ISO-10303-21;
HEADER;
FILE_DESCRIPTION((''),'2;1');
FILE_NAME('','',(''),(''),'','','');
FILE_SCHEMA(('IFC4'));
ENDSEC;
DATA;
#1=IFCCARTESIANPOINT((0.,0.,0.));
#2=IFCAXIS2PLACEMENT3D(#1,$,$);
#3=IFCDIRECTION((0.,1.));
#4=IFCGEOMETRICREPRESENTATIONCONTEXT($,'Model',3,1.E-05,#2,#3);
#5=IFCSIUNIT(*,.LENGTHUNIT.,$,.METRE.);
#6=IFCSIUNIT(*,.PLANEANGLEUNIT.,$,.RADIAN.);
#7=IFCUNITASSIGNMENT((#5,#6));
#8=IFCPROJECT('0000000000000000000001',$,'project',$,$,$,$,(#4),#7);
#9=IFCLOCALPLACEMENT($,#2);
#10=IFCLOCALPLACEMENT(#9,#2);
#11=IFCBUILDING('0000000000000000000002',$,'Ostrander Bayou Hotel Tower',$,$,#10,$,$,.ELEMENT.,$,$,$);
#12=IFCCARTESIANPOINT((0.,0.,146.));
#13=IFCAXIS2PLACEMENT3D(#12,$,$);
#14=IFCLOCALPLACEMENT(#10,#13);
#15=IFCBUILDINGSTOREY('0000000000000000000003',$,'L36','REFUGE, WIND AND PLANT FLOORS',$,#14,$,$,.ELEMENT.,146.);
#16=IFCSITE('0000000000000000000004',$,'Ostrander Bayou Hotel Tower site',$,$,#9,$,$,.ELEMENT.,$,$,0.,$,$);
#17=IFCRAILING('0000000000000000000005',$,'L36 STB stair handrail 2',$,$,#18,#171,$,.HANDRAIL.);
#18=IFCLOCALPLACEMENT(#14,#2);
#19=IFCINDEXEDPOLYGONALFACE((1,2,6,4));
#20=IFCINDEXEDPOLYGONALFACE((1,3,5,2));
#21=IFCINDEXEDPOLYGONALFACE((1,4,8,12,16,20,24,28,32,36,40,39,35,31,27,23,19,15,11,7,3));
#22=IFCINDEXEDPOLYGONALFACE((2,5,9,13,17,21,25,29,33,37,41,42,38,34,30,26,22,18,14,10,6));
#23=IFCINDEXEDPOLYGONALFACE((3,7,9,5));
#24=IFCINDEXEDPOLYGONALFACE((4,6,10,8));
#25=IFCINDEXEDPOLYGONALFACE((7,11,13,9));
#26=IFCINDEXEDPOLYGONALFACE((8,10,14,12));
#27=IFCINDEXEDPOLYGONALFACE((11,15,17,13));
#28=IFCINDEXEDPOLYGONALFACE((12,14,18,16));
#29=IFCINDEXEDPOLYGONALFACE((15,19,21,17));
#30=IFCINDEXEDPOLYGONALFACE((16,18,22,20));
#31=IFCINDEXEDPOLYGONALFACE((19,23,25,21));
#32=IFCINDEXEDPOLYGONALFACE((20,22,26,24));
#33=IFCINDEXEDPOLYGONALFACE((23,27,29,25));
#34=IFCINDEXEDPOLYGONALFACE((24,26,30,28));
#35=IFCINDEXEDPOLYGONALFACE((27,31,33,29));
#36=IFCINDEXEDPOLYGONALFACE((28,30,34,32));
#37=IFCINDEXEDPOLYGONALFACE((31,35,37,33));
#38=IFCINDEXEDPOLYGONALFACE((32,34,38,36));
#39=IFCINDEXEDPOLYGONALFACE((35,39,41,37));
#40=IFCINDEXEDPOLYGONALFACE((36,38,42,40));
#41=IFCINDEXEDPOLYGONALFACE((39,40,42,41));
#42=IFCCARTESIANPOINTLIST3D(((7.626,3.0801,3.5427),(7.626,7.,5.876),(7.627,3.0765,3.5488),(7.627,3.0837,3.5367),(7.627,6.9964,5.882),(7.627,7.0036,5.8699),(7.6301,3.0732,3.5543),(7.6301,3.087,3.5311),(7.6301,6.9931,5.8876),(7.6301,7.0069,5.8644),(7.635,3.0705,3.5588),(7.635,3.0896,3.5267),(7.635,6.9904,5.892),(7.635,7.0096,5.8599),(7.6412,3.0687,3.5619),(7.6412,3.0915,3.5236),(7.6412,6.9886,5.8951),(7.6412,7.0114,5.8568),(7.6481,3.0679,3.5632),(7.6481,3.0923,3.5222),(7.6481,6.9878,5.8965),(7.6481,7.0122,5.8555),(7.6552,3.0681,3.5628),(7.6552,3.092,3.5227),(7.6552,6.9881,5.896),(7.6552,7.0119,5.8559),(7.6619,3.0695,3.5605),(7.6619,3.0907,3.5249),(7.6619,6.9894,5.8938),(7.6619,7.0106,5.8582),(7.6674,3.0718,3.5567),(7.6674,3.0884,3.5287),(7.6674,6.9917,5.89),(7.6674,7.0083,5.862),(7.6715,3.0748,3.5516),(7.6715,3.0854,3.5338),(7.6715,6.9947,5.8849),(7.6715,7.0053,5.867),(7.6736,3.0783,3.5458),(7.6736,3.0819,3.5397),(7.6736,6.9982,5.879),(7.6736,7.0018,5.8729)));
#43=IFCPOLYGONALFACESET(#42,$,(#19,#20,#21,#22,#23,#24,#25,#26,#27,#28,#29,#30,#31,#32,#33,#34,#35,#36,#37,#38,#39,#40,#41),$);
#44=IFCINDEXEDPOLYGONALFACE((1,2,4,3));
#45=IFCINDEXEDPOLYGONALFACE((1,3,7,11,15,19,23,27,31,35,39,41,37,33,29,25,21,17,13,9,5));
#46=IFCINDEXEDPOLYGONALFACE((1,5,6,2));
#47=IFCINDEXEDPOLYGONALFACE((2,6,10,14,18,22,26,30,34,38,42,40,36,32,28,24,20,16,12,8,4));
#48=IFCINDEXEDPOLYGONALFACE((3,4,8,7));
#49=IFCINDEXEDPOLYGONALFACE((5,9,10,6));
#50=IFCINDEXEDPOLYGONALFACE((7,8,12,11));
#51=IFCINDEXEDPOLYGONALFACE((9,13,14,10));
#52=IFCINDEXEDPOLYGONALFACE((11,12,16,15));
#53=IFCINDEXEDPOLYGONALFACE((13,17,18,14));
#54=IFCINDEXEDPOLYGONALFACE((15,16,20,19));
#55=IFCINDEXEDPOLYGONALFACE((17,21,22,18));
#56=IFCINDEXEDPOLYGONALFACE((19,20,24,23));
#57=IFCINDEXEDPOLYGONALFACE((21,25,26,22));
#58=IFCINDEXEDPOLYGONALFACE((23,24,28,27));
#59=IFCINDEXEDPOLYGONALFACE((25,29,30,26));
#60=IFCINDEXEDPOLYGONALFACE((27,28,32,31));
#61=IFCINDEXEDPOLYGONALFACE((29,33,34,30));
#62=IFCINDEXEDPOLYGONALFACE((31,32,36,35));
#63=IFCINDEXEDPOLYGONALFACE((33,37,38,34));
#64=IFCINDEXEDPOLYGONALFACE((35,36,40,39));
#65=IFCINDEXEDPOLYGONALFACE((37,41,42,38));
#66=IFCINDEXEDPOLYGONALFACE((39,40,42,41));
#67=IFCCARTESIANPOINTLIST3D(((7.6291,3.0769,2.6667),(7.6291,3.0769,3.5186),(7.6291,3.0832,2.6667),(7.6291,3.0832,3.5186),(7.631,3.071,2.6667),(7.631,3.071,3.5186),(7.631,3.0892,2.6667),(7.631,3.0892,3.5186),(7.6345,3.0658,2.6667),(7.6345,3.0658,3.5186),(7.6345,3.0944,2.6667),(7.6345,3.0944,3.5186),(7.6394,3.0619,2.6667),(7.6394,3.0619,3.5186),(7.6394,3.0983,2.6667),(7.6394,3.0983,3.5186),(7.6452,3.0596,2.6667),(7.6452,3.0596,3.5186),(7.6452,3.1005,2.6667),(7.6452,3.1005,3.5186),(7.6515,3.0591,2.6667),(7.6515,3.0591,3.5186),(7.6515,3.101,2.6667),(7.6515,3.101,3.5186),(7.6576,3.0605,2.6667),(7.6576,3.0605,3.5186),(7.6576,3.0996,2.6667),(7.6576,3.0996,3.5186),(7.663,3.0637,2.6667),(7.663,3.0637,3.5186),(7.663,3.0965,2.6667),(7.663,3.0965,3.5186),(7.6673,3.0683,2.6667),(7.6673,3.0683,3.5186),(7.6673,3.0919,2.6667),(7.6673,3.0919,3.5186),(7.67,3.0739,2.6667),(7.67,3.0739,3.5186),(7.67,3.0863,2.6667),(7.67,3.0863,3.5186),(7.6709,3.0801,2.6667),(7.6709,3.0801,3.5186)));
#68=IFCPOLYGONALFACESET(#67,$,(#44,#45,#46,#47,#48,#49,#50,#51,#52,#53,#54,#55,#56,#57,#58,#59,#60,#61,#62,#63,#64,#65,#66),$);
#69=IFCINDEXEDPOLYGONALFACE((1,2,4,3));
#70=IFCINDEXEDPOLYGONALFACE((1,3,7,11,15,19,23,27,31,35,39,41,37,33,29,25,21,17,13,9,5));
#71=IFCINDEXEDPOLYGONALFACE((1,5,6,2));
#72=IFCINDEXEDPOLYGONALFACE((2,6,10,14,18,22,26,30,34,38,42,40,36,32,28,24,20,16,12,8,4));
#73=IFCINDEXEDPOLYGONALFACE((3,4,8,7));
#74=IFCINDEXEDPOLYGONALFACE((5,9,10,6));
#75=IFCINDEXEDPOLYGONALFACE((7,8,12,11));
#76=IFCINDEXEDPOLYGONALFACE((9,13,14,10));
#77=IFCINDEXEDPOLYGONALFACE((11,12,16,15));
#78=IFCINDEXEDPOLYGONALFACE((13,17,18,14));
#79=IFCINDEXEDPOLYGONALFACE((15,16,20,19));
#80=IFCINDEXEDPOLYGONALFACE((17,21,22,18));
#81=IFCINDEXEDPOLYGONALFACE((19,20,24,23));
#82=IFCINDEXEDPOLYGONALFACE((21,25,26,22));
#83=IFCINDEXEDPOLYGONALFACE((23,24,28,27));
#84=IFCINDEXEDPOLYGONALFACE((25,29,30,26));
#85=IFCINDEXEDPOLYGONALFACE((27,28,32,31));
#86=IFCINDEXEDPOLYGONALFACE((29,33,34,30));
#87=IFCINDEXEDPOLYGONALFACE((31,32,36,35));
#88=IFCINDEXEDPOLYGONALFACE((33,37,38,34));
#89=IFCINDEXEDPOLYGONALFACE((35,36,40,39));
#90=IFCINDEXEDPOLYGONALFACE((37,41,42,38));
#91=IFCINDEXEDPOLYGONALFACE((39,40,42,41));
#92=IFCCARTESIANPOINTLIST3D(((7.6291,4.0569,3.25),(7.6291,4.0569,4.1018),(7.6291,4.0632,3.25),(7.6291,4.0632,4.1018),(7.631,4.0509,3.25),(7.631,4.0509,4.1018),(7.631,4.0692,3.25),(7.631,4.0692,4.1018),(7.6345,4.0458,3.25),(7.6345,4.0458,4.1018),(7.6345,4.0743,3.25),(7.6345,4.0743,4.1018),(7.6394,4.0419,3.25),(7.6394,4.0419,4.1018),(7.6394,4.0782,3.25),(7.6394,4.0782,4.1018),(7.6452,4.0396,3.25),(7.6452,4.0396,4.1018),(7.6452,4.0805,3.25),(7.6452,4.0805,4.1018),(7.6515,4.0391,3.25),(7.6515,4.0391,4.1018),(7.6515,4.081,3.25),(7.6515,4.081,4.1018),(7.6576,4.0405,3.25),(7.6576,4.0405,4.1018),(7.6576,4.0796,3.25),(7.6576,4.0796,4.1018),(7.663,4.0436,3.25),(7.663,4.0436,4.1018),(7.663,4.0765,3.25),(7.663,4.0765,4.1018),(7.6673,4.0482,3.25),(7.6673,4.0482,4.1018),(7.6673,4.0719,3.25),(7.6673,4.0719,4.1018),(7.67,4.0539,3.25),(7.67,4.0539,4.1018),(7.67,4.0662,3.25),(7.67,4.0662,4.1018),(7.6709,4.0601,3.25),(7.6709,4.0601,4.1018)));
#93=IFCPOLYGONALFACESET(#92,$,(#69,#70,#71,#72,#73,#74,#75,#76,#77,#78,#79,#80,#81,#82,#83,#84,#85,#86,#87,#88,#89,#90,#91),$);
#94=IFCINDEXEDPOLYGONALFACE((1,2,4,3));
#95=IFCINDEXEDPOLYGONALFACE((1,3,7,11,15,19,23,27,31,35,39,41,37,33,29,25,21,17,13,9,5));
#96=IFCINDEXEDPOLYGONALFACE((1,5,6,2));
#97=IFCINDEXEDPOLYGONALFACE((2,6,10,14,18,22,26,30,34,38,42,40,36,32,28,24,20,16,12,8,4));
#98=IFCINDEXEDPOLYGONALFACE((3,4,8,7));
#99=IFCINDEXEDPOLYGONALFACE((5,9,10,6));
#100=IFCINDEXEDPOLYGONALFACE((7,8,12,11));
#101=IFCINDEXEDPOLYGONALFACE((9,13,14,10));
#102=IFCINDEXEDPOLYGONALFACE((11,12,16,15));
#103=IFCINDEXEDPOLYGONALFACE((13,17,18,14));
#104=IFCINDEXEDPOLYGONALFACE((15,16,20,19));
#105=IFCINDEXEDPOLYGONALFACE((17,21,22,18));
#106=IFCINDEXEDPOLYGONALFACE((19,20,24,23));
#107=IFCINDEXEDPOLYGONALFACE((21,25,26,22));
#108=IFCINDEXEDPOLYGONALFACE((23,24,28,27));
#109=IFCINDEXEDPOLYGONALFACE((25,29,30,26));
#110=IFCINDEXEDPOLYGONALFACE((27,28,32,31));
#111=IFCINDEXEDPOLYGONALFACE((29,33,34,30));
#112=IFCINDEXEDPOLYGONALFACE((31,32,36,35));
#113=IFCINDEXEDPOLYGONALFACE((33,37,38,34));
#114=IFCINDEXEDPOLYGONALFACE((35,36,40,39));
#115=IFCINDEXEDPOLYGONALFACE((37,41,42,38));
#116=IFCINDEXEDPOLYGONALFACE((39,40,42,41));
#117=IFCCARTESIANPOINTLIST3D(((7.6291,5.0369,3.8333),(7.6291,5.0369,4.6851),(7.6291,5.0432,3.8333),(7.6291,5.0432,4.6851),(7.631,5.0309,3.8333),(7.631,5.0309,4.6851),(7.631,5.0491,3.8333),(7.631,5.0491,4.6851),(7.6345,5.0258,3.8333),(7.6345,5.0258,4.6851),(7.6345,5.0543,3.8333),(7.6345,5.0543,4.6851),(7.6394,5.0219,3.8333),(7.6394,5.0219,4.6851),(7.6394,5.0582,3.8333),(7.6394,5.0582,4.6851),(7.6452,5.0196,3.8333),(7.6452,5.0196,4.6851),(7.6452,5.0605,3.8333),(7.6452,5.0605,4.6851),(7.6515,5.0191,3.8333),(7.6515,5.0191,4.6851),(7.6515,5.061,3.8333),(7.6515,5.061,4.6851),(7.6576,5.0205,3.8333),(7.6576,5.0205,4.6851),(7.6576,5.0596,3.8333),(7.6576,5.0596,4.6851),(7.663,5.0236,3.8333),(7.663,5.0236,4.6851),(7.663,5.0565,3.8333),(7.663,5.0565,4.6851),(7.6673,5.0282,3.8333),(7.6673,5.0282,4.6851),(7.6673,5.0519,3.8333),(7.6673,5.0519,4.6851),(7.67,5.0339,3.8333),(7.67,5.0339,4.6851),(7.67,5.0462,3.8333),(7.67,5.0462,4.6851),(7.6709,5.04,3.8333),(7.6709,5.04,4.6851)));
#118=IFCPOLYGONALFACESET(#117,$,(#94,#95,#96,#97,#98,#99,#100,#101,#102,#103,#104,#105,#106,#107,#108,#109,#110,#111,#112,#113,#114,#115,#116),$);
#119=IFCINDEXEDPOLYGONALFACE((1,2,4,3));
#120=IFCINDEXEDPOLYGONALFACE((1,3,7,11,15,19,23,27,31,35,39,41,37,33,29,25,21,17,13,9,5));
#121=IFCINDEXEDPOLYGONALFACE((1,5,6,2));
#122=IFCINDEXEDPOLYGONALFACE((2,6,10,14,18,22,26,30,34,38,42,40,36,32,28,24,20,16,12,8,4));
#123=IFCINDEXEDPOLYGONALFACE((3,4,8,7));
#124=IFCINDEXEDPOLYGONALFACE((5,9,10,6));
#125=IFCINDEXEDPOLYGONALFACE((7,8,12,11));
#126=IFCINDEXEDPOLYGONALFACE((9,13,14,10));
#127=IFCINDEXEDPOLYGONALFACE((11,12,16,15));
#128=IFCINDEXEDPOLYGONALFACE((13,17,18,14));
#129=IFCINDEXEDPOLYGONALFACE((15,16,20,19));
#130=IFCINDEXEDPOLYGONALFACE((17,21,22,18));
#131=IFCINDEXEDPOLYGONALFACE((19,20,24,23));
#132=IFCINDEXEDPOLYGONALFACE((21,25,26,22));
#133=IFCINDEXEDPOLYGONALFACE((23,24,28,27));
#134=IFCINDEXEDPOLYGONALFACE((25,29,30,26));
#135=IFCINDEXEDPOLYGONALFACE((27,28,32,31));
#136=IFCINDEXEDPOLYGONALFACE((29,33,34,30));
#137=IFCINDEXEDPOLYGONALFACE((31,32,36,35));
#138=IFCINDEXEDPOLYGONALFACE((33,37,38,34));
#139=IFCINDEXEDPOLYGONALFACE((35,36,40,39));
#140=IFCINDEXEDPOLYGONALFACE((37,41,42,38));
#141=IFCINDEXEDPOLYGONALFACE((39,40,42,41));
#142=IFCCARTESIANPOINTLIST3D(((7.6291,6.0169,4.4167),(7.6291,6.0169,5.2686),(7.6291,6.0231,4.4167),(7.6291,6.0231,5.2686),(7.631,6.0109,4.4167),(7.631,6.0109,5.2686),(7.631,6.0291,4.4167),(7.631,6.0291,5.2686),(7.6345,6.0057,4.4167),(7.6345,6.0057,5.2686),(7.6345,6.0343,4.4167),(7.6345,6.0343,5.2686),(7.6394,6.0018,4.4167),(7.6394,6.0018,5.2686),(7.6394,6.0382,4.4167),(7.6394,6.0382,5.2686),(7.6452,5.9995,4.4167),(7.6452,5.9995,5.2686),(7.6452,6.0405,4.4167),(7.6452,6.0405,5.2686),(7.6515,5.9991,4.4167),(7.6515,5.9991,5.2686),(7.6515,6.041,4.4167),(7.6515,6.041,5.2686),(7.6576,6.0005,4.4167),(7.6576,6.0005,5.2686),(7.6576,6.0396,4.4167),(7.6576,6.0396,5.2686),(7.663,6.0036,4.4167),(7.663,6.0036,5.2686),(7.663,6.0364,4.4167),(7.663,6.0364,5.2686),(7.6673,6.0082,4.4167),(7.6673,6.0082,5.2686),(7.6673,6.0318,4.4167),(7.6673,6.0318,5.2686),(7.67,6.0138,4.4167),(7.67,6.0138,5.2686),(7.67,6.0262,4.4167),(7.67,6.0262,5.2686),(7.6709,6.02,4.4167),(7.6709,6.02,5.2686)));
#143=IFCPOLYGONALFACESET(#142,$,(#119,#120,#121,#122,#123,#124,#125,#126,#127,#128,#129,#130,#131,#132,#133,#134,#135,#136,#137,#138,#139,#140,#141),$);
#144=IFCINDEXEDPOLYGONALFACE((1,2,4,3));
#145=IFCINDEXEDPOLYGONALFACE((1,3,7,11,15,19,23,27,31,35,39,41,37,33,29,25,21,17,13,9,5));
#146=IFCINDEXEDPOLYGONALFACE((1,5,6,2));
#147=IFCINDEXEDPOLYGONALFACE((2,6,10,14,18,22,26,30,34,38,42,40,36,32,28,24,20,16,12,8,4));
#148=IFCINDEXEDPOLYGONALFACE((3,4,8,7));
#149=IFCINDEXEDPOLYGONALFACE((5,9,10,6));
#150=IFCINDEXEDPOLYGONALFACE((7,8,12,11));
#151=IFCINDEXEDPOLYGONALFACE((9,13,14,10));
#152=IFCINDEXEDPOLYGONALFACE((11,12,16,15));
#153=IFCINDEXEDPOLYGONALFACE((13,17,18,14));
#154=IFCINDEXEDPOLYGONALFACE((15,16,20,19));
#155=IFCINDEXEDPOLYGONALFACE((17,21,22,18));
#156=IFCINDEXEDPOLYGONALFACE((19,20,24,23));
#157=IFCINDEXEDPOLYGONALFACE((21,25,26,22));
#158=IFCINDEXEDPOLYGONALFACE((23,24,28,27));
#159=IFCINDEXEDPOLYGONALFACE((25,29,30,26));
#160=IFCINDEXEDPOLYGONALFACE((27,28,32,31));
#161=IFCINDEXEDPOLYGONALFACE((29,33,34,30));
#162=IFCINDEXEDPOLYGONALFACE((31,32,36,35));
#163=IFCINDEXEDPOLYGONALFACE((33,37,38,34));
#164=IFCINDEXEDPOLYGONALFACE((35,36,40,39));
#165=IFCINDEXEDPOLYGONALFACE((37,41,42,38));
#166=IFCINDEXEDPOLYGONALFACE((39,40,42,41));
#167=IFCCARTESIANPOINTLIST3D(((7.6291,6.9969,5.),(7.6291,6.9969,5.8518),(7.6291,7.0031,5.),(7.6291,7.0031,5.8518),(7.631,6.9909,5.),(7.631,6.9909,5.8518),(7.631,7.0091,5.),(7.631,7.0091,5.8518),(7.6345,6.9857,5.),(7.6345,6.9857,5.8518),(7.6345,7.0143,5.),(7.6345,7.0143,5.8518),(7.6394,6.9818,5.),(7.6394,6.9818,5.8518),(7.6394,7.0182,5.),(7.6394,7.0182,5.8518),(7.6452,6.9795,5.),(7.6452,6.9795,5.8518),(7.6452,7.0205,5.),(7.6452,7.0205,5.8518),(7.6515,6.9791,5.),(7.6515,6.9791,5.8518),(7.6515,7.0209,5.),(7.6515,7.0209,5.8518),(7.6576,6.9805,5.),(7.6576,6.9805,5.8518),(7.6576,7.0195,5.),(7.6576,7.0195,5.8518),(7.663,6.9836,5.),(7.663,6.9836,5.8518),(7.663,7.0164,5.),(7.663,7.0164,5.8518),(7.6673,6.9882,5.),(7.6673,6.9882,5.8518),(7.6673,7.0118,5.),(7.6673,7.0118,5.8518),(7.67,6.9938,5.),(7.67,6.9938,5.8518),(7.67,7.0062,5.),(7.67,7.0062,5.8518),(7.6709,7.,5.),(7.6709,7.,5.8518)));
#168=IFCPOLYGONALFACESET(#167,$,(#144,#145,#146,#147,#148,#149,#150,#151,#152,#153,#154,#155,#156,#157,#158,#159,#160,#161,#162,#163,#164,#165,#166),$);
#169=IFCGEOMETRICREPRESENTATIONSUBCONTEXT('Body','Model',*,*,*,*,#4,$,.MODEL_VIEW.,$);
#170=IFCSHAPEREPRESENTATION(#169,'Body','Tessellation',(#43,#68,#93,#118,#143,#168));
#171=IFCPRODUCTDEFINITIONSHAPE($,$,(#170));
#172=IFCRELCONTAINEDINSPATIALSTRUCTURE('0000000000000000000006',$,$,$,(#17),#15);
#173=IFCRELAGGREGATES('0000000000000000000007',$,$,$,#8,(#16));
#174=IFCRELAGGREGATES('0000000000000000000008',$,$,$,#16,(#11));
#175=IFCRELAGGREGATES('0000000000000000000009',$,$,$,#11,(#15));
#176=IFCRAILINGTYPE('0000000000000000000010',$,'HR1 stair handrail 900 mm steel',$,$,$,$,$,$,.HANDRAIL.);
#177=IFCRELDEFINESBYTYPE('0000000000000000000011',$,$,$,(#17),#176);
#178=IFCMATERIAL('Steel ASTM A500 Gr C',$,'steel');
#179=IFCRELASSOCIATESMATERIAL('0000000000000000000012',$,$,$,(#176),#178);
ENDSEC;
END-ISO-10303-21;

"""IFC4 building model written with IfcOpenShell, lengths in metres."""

from ifc_helpers import new_model, si_unit, direction, frame, origin, origin_2d, place, context, subcontext, project, spatial, circle, extrude, material, type_object, element, save


model = new_model("IFC4")

# Units and contexts
model_context = context("Model", 3, precision=1e-05, world=origin(), true_north=direction((0.0, 1.0)))
body_context = subcontext(model_context, "Body", "Model", "MODEL_VIEW")
ifc_project = project(units=[si_unit("LENGTHUNIT", "METRE"), si_unit("PLANEANGLEUNIT", "RADIAN")], contexts=[model_context])

# Site, building, storey
site_placement = place(None, origin())
site = spatial("IfcSite", under=ifc_project, at=site_placement, Name="Ostrander Bayou Hotel Tower site", CompositionType="ELEMENT", RefElevation=0.0)
building_placement = place(site_placement, origin())
building = spatial("IfcBuilding", under=site, at=building_placement, Name="Ostrander Bayou Hotel Tower", CompositionType="ELEMENT")
storey_placement = place(building_placement, frame((0.0, 0.0, 146.0)))
storey = spatial("IfcBuildingStorey", under=building, at=storey_placement, Name="L36", Description="REFUGE, WIND AND PLANT FLOORS", CompositionType="ELEMENT", Elevation=146.0)

# Railing
ifc_material_1 = material(Name="Steel ASTM A500 Gr C", Category="steel")
railing_type_1 = type_object("IfcRailingType", Name="HR1 stair handrail 900 mm steel", PredefinedType="HANDRAIL", material=ifc_material_1)
railing_1_placement = place(storey_placement, frame((7.6499, 3.0801, 2.6667)))
element("IfcRailing", 1, at=railing_1_placement, inside=storey, type_object=railing_type_1, Name="L36 STB stair handrail 2", PredefinedType="HANDRAIL", context=body_context, shape_type="SweptSolid", body=[
    extrude(circle(Radius=0.0239, at=origin_2d()), frame((0.0, 0.0, 0.876), z_axis=(0.0, 0.859296, 0.511478), x_axis=(-1.0, 0.0, 0.0)), (0.0, 0.0, 1.0), 4.5618),
    extrude(circle(Radius=0.021, at=origin_2d()), origin(), (0.0, 0.0, 1.0), 0.8518),
    extrude(circle(Radius=0.021, at=origin_2d()), frame((0.0, 0.98, 0.5833)), (0.0, 0.0, 1.0), 0.8518),
    extrude(circle(Radius=0.021, at=origin_2d()), frame((0.0, 1.96, 1.1665)), (0.0, 0.0, 1.0), 0.8518),
    extrude(circle(Radius=0.021, at=origin_2d()), frame((0.0, 2.9399, 1.75)), (0.0, 0.0, 1.0), 0.8518),
    extrude(circle(Radius=0.021, at=origin_2d()), frame((0.0, 3.9199, 2.3333)), (0.0, 0.0, 1.0), 0.8518),
])

save(model, "model.ifc")
